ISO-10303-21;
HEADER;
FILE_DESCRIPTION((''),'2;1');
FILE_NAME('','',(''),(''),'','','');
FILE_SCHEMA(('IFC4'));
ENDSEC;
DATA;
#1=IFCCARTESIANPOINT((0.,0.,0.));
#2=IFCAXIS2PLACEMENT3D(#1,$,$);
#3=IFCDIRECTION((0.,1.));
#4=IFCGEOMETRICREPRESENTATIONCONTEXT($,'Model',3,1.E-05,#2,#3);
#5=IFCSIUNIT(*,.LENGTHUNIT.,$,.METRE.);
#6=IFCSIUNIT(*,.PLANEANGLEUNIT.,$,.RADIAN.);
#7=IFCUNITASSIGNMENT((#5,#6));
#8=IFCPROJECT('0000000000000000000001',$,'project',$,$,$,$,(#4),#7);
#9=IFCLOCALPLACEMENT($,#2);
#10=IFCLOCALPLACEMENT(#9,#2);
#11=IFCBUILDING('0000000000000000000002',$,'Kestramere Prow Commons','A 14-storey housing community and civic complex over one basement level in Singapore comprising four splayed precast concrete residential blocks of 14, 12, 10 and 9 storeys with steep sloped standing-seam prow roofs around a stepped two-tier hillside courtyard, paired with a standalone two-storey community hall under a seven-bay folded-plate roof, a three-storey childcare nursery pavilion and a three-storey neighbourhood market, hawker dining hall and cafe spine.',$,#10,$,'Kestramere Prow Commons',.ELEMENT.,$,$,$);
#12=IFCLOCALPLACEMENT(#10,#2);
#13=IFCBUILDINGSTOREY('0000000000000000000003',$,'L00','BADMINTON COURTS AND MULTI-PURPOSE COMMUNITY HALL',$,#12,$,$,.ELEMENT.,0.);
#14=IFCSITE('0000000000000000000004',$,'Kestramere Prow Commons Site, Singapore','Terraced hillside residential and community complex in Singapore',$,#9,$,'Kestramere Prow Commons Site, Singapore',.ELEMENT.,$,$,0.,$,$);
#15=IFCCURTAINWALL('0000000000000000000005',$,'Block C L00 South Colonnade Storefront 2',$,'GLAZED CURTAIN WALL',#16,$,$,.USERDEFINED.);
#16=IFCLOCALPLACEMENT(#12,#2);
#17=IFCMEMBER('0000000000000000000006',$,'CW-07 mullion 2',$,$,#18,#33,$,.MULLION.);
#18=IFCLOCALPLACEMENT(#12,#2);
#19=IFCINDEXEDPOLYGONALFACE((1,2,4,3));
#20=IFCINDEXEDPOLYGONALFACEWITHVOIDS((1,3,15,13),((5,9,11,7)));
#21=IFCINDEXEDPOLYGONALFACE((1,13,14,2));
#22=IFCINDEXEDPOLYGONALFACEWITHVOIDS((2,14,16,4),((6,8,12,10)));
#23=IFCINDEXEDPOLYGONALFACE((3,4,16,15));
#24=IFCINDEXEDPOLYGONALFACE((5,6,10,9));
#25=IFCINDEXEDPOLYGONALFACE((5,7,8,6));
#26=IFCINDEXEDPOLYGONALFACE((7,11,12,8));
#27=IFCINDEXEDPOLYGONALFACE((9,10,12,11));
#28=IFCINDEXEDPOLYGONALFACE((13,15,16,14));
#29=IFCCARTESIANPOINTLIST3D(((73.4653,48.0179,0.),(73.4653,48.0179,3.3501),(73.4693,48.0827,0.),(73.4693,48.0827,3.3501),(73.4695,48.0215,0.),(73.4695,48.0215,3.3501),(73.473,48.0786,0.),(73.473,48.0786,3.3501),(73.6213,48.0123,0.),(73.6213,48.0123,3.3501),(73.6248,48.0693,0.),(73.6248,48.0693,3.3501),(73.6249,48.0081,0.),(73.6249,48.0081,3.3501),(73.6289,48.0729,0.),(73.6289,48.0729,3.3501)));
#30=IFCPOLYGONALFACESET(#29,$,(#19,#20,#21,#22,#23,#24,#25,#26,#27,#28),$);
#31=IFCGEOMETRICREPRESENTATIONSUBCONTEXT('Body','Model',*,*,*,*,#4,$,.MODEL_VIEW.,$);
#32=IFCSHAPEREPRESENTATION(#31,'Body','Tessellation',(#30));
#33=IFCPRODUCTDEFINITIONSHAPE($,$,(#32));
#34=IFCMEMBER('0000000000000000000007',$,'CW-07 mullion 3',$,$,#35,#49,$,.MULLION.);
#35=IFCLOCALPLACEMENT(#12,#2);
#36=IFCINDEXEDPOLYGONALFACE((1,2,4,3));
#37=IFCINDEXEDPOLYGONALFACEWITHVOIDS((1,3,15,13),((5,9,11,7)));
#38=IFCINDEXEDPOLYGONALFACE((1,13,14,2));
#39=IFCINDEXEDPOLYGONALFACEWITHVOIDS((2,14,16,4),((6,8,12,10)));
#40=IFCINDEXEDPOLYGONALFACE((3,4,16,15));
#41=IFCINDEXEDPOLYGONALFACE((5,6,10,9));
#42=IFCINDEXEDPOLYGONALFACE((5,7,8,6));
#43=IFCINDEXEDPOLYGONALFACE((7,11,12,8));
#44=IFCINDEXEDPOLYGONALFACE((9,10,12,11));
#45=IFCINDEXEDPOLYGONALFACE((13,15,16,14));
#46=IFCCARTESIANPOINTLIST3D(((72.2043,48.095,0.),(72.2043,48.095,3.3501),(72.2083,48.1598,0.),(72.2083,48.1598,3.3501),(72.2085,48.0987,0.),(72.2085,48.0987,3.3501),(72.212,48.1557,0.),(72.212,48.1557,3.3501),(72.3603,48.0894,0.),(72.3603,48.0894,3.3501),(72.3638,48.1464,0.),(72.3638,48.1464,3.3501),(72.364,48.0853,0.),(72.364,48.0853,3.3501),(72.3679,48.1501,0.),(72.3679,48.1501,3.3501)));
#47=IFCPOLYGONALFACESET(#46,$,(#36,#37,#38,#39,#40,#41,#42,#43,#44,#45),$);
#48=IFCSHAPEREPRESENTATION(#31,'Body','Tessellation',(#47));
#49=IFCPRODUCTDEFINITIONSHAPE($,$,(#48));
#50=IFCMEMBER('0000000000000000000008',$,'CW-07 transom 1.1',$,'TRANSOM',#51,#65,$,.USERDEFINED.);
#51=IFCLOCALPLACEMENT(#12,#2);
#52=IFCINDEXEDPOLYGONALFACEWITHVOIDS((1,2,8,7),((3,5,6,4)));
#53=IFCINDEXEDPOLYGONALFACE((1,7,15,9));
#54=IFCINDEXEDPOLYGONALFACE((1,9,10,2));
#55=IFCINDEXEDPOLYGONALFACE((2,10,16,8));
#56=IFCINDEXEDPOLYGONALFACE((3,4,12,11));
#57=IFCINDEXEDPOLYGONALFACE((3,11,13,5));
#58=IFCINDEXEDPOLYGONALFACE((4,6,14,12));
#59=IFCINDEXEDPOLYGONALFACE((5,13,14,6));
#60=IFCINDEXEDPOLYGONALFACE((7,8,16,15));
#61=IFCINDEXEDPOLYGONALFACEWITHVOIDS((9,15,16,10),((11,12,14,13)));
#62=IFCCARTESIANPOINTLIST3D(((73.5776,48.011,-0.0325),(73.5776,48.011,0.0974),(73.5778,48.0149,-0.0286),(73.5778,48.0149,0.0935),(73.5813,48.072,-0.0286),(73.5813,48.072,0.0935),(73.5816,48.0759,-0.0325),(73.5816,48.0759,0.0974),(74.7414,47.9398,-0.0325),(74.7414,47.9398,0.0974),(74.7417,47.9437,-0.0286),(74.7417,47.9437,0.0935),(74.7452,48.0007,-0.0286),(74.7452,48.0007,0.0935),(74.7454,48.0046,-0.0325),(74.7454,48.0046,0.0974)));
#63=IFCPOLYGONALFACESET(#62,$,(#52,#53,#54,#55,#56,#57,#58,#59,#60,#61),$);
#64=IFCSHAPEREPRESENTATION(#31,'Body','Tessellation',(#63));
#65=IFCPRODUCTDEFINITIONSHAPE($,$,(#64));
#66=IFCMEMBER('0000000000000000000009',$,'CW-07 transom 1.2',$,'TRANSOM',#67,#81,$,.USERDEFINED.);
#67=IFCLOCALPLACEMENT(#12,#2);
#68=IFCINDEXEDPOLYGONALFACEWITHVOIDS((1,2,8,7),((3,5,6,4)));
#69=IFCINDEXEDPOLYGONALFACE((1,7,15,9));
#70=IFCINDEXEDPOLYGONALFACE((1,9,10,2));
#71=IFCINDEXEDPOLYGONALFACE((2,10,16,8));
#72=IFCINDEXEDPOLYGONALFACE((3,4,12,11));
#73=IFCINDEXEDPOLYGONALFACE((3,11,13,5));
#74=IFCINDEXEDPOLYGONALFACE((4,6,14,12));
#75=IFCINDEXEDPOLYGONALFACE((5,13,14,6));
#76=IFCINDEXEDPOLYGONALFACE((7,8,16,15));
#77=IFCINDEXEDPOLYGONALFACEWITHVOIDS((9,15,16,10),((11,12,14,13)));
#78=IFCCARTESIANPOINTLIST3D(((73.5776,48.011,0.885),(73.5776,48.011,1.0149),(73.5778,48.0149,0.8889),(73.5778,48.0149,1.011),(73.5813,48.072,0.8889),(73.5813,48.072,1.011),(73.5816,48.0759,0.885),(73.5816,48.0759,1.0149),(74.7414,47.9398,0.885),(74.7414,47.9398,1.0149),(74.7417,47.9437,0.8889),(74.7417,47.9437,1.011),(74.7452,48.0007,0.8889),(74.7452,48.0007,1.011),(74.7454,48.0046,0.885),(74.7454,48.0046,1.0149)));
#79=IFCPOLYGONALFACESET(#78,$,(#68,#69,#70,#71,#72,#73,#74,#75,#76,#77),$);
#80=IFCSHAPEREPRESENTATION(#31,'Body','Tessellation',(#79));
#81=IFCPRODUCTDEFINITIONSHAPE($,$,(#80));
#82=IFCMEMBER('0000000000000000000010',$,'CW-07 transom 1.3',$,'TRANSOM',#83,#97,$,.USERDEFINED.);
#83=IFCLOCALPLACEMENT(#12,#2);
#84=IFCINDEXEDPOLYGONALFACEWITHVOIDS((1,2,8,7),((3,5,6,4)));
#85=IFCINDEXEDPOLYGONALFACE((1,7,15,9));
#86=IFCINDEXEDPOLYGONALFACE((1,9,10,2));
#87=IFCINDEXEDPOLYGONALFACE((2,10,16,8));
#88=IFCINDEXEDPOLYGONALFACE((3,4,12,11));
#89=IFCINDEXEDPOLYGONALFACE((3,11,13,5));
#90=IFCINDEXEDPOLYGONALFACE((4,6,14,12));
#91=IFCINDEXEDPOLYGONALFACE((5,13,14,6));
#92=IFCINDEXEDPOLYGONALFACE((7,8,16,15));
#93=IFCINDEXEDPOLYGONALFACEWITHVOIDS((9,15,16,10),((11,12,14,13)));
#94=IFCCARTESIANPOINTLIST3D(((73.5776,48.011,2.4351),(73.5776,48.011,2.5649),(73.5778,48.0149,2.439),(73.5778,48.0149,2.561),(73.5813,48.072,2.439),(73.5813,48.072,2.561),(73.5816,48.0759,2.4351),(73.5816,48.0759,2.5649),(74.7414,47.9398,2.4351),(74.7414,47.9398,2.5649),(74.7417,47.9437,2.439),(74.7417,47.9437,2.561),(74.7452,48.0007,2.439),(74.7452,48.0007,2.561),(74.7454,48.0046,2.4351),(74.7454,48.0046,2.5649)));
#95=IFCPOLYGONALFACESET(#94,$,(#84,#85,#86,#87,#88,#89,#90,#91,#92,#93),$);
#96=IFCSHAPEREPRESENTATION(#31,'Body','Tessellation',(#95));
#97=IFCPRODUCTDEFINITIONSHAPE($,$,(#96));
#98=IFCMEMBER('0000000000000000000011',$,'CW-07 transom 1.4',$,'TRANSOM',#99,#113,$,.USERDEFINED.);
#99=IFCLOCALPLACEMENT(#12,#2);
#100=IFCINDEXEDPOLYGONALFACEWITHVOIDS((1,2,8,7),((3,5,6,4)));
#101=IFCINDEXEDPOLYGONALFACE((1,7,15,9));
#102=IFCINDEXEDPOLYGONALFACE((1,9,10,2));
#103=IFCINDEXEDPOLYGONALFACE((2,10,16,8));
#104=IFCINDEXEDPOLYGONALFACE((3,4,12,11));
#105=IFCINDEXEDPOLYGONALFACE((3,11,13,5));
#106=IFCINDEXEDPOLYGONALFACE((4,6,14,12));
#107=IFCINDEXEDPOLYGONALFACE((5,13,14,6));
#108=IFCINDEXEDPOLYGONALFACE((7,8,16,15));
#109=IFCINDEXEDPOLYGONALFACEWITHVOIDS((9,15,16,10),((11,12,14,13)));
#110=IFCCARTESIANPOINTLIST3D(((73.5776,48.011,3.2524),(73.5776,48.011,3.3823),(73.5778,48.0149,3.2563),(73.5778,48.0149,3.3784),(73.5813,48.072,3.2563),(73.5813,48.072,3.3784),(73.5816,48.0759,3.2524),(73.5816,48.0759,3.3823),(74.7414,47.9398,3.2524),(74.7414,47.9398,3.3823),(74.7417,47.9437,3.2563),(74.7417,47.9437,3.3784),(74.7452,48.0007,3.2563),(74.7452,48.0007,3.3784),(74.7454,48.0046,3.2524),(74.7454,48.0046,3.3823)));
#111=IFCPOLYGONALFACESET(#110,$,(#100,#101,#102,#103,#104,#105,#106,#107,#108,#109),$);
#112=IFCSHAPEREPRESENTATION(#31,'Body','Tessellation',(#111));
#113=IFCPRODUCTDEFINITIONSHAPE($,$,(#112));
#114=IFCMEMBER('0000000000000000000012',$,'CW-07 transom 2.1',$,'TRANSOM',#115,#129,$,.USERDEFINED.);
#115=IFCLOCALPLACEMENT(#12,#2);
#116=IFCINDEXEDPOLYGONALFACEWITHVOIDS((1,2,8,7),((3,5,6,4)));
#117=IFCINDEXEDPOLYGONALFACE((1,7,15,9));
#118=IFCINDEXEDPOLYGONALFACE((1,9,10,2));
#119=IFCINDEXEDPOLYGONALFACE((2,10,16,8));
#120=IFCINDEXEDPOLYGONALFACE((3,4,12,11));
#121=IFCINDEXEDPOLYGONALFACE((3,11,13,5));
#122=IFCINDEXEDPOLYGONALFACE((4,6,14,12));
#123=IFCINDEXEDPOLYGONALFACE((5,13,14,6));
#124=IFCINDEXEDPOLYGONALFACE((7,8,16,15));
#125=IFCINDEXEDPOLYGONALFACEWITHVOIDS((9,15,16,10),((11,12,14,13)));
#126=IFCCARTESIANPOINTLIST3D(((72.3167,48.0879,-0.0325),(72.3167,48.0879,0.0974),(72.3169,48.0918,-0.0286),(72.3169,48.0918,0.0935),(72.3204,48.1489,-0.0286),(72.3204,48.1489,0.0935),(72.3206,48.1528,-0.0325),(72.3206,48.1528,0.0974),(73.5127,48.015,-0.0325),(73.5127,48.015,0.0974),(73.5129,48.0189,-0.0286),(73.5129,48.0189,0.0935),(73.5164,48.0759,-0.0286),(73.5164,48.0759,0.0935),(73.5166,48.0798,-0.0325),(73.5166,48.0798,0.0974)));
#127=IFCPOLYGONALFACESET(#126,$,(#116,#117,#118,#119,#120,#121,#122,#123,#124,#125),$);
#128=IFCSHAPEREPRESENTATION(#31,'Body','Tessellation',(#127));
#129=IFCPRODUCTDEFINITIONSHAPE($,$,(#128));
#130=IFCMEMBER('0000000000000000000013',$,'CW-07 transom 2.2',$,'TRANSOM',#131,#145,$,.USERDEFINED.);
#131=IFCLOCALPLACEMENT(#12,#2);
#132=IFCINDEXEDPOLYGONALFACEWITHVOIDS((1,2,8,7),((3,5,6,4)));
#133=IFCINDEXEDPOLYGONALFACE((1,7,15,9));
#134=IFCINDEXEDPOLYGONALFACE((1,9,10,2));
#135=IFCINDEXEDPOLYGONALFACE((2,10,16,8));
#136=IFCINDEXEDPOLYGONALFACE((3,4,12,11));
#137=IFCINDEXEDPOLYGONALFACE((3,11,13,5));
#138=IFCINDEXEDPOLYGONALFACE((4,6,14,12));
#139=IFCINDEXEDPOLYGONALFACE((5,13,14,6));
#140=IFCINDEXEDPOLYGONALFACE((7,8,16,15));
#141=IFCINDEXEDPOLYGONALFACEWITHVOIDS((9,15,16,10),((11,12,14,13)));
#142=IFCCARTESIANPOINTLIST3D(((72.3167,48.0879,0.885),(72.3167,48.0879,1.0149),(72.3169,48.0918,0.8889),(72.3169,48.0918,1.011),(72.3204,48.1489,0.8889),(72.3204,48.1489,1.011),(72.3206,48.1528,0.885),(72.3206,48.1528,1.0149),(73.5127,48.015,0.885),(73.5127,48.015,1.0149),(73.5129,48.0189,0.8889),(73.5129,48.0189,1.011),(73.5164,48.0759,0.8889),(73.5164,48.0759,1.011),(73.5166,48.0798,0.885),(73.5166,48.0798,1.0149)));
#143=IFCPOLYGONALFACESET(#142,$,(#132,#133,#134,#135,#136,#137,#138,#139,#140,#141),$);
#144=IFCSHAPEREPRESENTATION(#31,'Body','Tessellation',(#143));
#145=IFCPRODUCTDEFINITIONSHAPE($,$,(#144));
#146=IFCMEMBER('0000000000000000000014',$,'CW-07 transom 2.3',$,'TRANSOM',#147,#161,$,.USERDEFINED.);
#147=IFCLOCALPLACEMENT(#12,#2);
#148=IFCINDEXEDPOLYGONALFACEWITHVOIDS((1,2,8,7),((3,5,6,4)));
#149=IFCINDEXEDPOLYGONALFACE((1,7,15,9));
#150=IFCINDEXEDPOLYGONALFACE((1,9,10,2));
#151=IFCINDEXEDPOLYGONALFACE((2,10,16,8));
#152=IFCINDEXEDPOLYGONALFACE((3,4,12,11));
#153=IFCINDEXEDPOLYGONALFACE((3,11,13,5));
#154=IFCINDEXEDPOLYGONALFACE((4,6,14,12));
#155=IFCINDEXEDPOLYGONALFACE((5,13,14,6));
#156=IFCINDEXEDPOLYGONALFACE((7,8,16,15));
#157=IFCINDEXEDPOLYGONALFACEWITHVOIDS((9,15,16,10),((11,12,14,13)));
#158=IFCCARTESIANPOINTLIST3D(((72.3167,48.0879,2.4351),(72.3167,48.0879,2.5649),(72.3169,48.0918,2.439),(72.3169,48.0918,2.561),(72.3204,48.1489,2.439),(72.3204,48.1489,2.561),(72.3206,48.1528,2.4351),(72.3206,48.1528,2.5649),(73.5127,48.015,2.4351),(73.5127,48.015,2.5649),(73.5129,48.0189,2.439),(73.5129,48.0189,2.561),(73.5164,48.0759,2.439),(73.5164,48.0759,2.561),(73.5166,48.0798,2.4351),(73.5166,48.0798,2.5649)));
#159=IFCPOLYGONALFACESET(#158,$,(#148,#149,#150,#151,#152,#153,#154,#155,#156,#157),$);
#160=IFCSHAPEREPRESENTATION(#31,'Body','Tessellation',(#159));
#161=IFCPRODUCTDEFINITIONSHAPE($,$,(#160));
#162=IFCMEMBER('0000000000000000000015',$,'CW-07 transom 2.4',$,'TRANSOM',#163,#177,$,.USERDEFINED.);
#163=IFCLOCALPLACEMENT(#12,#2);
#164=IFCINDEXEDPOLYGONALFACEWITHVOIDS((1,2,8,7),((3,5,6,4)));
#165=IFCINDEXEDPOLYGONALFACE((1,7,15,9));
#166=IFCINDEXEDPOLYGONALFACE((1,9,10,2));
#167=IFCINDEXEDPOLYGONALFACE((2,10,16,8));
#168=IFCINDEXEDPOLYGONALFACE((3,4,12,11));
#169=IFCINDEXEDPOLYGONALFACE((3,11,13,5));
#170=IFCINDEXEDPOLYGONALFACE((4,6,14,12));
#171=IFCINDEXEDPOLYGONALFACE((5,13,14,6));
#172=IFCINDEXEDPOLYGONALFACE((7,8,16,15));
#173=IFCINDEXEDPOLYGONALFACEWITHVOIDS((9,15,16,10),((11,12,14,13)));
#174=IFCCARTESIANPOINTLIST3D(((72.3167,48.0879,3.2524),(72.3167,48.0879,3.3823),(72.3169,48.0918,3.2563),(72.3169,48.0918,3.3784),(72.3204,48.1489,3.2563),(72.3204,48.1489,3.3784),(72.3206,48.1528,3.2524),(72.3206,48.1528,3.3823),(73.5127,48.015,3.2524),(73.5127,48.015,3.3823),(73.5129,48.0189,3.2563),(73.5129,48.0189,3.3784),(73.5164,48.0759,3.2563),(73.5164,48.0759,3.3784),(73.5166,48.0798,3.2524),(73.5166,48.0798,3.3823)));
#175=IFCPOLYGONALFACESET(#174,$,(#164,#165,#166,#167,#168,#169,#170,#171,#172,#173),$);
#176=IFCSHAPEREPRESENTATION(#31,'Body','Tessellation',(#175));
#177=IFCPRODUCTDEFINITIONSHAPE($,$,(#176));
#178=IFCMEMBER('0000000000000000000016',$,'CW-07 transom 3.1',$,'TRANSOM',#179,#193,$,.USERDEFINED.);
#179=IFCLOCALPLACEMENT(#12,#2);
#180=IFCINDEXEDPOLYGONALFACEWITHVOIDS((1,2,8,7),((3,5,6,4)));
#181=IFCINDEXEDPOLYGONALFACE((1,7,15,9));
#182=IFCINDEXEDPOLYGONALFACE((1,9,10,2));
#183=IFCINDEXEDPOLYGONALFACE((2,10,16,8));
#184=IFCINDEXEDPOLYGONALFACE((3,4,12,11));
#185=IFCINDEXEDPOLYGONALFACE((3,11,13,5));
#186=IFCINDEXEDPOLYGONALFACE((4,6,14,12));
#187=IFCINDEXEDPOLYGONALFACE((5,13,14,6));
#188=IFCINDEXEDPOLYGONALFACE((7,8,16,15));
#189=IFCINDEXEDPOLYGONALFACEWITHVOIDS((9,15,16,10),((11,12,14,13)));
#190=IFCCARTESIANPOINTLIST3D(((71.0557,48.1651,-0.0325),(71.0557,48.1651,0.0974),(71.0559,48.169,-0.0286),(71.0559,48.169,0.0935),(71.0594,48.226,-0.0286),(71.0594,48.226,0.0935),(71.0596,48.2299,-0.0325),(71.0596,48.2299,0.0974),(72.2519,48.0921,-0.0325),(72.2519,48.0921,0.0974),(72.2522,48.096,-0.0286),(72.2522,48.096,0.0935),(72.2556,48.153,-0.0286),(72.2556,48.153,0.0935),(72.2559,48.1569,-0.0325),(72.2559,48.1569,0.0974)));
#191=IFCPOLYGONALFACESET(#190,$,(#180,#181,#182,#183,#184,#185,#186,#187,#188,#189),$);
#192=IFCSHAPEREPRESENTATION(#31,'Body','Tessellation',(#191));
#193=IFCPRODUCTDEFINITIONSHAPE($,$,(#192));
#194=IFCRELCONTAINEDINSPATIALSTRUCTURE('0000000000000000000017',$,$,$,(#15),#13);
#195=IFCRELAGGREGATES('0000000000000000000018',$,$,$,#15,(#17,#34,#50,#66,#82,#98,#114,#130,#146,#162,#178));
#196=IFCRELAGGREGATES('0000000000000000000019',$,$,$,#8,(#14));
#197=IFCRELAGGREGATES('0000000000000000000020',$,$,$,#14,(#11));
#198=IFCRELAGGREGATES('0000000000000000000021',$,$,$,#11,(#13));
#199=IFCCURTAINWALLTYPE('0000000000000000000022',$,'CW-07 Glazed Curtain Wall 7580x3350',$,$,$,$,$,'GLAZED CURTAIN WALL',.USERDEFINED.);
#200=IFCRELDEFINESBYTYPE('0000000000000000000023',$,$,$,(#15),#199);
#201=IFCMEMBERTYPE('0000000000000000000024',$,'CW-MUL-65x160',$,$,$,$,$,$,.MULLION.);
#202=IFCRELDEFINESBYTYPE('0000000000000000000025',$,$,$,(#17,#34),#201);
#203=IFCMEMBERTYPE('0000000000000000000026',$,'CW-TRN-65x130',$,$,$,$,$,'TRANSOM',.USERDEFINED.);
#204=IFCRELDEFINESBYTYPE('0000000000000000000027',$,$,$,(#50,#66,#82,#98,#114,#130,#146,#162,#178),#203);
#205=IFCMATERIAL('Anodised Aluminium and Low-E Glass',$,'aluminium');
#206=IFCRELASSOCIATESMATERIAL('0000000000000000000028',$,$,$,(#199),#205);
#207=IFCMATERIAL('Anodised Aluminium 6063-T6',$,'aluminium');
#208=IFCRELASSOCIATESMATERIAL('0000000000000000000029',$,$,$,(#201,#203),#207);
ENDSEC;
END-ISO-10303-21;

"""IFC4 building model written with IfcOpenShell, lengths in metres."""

from ifc_helpers import new_model, si_unit, direction, frame, origin, origin_2d, place, context, subcontext, project, spatial, hollow_rectangle, extrude, material, material_profile, profile_set, type_object, element, aggregate, save


model = new_model("IFC4")

# Units and contexts
model_context = context("Model", 3, precision=1e-05, world=origin(), true_north=direction((0.0, 1.0)))
body_context = subcontext(model_context, "Body", "Model", "MODEL_VIEW")
ifc_project = project(units=[si_unit("LENGTHUNIT", "METRE"), si_unit("PLANEANGLEUNIT", "RADIAN")], contexts=[model_context])

# Site, building, storey
site_placement = place(None, origin())
site = spatial("IfcSite", under=ifc_project, at=site_placement, Name="Kestramere Prow Commons Site, Singapore", Description="Terraced hillside residential and community complex in Singapore", LongName="Kestramere Prow Commons Site, Singapore", CompositionType="ELEMENT", RefElevation=0.0)
building_placement = place(site_placement, origin())
building = spatial("IfcBuilding", under=site, at=building_placement, Name="Kestramere Prow Commons", Description="A 14-storey housing community and civic complex over one basement level in Singapore comprising four splayed precast concrete residential blocks of 14, 12, 10 and 9 storeys with steep sloped standing-seam prow roofs around a stepped two-tier hillside courtyard, paired with a standalone two-storey community hall under a seven-bay folded-plate roof, a three-storey childcare nursery pavilion and a three-storey neighbourhood market, hawker dining hall and cafe spine.", LongName="Kestramere Prow Commons", CompositionType="ELEMENT")
storey_placement = place(building_placement, origin())
storey = spatial("IfcBuildingStorey", under=building, at=storey_placement, Name="L00", Description="BADMINTON COURTS AND MULTI-PURPOSE COMMUNITY HALL", CompositionType="ELEMENT", Elevation=0.0)

# Curtain wall, members
ifc_material_1 = material(Name="Anodised Aluminium and Low-E Glass", Category="aluminium")
curtain_wall_type = type_object("IfcCurtainWallType", Name="CW-07 Glazed Curtain Wall 7580x3350", ElementType="GLAZED CURTAIN WALL", PredefinedType="USERDEFINED", material=ifc_material_1)
curtain_wall_placement = place(storey_placement, origin())
curtain_wall = element("IfcCurtainWall", 1, at=curtain_wall_placement, inside=storey, type_object=curtain_wall_type, Name="Block C L00 South Colonnade Storefront 2", ObjectType="GLAZED CURTAIN WALL", PredefinedType="USERDEFINED")
ifc_material_2 = material(Name="Anodised Aluminium 6063-T6", Category="aluminium")
ifc_material_profile_1 = material_profile(ifc_material_2, hollow_rectangle(XDim=0.0649, YDim=0.1599, WallThickness=0.0039, at=origin_2d()), Name="ALU-MUL 65x160")
ifc_profile_set_1 = profile_set([ifc_material_profile_1], Name="Anodised Aluminium 6063-T6")
member_type_1 = type_object("IfcMemberType", Name="CW-MUL-65x160", PredefinedType="MULLION", material=ifc_profile_set_1)
member_1_placement = place(storey_placement, frame((73.5471, 48.0454, 0.0), z_axis=(0.0, 0.0, 1.0), x_axis=(-0.061049, -0.998135, 0.0)))
member_1 = element("IfcMember", 2, at=member_1_placement, type_object=member_type_1, Name="CW-07 mullion 2", PredefinedType="MULLION", context=body_context, shape_type="SweptSolid", body=[
    extrude(hollow_rectangle(XDim=0.0649, YDim=0.1599, WallThickness=0.0039, at=origin_2d()), origin(), (0.0, 0.0, 1.0), 3.3501),
])
member_2_placement = place(storey_placement, frame((72.2861, 48.1226, 0.0), z_axis=(0.0, 0.0, 1.0), x_axis=(-0.061049, -0.998135, 0.0)))
member_2 = element("IfcMember", 3, at=member_2_placement, type_object=member_type_1, Name="CW-07 mullion 3", PredefinedType="MULLION", context=body_context, shape_type="SweptSolid", body=[
    extrude(hollow_rectangle(XDim=0.0649, YDim=0.1599, WallThickness=0.0039, at=origin_2d()), origin(), (0.0, 0.0, 1.0), 3.3501),
])
ifc_material_profile_2 = material_profile(ifc_material_2, hollow_rectangle(XDim=0.0649, YDim=0.1299, WallThickness=0.0039, at=origin_2d()), Name="ALU-TRN 65x130")
ifc_profile_set_2 = profile_set([ifc_material_profile_2], Name="Anodised Aluminium 6063-T6")
member_type_2 = type_object("IfcMemberType", Name="CW-TRN-65x130", ElementType="TRANSOM", PredefinedType="USERDEFINED", material=ifc_profile_set_2)
member_3_placement = place(storey_placement, frame((74.7434, 47.9722, 0.0325), z_axis=(-0.998129, 0.06114, 0.0), x_axis=(-0.06114, -0.998129, 0.0)))
member_3 = element("IfcMember", 4, at=member_3_placement, type_object=member_type_2, Name="CW-07 transom 1.1", ObjectType="TRANSOM", PredefinedType="USERDEFINED", context=body_context, shape_type="SweptSolid", body=[
    extrude(hollow_rectangle(XDim=0.0649, YDim=0.1299, WallThickness=0.0039, at=origin_2d()), origin(), (0.0, 0.0, 1.0), 1.166),
])
member_4_placement = place(storey_placement, frame((74.7434, 47.9722, 0.95), z_axis=(-0.998129, 0.06114, 0.0), x_axis=(-0.06114, -0.998129, 0.0)))
member_4 = element("IfcMember", 5, at=member_4_placement, type_object=member_type_2, Name="CW-07 transom 1.2", ObjectType="TRANSOM", PredefinedType="USERDEFINED", context=body_context, shape_type="SweptSolid", body=[
    extrude(hollow_rectangle(XDim=0.0649, YDim=0.1299, WallThickness=0.0039, at=origin_2d()), origin(), (0.0, 0.0, 1.0), 1.166),
])
member_5_placement = place(storey_placement, frame((74.7434, 47.9722, 2.5), z_axis=(-0.998129, 0.06114, 0.0), x_axis=(-0.06114, -0.998129, 0.0)))
member_5 = element("IfcMember", 6, at=member_5_placement, type_object=member_type_2, Name="CW-07 transom 1.3", ObjectType="TRANSOM", PredefinedType="USERDEFINED", context=body_context, shape_type="SweptSolid", body=[
    extrude(hollow_rectangle(XDim=0.0649, YDim=0.1299, WallThickness=0.0039, at=origin_2d()), origin(), (0.0, 0.0, 1.0), 1.166),
])
member_6_placement = place(storey_placement, frame((74.7434, 47.9722, 3.3174), z_axis=(-0.998129, 0.06114, 0.0), x_axis=(-0.06114, -0.998129, 0.0)))
member_6 = element("IfcMember", 7, at=member_6_placement, type_object=member_type_2, Name="CW-07 transom 1.4", ObjectType="TRANSOM", PredefinedType="USERDEFINED", context=body_context, shape_type="SweptSolid", body=[
    extrude(hollow_rectangle(XDim=0.0649, YDim=0.1299, WallThickness=0.0039, at=origin_2d()), origin(), (0.0, 0.0, 1.0), 1.166),
])
member_7_placement = place(storey_placement, frame((73.5146, 48.0474, 0.0325), z_axis=(-0.998143, 0.06092, 0.0), x_axis=(-0.06092, -0.998143, 0.0)))
member_7 = element("IfcMember", 8, at=member_7_placement, type_object=member_type_2, Name="CW-07 transom 2.1", ObjectType="TRANSOM", PredefinedType="USERDEFINED", context=body_context, shape_type="SweptSolid", body=[
    extrude(hollow_rectangle(XDim=0.0649, YDim=0.1299, WallThickness=0.0039, at=origin_2d()), origin(), (0.0, 0.0, 1.0), 1.1982),
])
member_8_placement = place(storey_placement, frame((73.5146, 48.0474, 0.95), z_axis=(-0.998143, 0.06092, 0.0), x_axis=(-0.06092, -0.998143, 0.0)))
member_8 = element("IfcMember", 9, at=member_8_placement, type_object=member_type_2, Name="CW-07 transom 2.2", ObjectType="TRANSOM", PredefinedType="USERDEFINED", context=body_context, shape_type="SweptSolid", body=[
    extrude(hollow_rectangle(XDim=0.0649, YDim=0.1299, WallThickness=0.0039, at=origin_2d()), origin(), (0.0, 0.0, 1.0), 1.1982),
])
member_9_placement = place(storey_placement, frame((73.5146, 48.0474, 2.5), z_axis=(-0.998143, 0.06092, 0.0), x_axis=(-0.06092, -0.998143, 0.0)))
member_9 = element("IfcMember", 10, at=member_9_placement, type_object=member_type_2, Name="CW-07 transom 2.3", ObjectType="TRANSOM", PredefinedType="USERDEFINED", context=body_context, shape_type="SweptSolid", body=[
    extrude(hollow_rectangle(XDim=0.0649, YDim=0.1299, WallThickness=0.0039, at=origin_2d()), origin(), (0.0, 0.0, 1.0), 1.1982),
])
member_10_placement = place(storey_placement, frame((73.5146, 48.0474, 3.3174), z_axis=(-0.998143, 0.06092, 0.0), x_axis=(-0.06092, -0.998143, 0.0)))
member_10 = element("IfcMember", 11, at=member_10_placement, type_object=member_type_2, Name="CW-07 transom 2.4", ObjectType="TRANSOM", PredefinedType="USERDEFINED", context=body_context, shape_type="SweptSolid", body=[
    extrude(hollow_rectangle(XDim=0.0649, YDim=0.1299, WallThickness=0.0039, at=origin_2d()), origin(), (0.0, 0.0, 1.0), 1.1982),
])
member_11_placement = place(storey_placement, frame((72.2539, 48.1245, 0.0325), z_axis=(-0.998143, 0.060907, 0.0), x_axis=(-0.060907, -0.998143, 0.0)))
member_11 = element("IfcMember", 12, at=member_11_placement, type_object=member_type_2, Name="CW-07 transom 3.1", ObjectType="TRANSOM", PredefinedType="USERDEFINED", context=body_context, shape_type="SweptSolid", body=[
    extrude(hollow_rectangle(XDim=0.0649, YDim=0.1299, WallThickness=0.0039, at=origin_2d()), origin(), (0.0, 0.0, 1.0), 1.1985),
])
aggregate(curtain_wall, [member_1, member_2, member_3, member_4, member_5, member_6, member_7, member_8, member_9, member_10, member_11])

save(model, "model.ifc")
